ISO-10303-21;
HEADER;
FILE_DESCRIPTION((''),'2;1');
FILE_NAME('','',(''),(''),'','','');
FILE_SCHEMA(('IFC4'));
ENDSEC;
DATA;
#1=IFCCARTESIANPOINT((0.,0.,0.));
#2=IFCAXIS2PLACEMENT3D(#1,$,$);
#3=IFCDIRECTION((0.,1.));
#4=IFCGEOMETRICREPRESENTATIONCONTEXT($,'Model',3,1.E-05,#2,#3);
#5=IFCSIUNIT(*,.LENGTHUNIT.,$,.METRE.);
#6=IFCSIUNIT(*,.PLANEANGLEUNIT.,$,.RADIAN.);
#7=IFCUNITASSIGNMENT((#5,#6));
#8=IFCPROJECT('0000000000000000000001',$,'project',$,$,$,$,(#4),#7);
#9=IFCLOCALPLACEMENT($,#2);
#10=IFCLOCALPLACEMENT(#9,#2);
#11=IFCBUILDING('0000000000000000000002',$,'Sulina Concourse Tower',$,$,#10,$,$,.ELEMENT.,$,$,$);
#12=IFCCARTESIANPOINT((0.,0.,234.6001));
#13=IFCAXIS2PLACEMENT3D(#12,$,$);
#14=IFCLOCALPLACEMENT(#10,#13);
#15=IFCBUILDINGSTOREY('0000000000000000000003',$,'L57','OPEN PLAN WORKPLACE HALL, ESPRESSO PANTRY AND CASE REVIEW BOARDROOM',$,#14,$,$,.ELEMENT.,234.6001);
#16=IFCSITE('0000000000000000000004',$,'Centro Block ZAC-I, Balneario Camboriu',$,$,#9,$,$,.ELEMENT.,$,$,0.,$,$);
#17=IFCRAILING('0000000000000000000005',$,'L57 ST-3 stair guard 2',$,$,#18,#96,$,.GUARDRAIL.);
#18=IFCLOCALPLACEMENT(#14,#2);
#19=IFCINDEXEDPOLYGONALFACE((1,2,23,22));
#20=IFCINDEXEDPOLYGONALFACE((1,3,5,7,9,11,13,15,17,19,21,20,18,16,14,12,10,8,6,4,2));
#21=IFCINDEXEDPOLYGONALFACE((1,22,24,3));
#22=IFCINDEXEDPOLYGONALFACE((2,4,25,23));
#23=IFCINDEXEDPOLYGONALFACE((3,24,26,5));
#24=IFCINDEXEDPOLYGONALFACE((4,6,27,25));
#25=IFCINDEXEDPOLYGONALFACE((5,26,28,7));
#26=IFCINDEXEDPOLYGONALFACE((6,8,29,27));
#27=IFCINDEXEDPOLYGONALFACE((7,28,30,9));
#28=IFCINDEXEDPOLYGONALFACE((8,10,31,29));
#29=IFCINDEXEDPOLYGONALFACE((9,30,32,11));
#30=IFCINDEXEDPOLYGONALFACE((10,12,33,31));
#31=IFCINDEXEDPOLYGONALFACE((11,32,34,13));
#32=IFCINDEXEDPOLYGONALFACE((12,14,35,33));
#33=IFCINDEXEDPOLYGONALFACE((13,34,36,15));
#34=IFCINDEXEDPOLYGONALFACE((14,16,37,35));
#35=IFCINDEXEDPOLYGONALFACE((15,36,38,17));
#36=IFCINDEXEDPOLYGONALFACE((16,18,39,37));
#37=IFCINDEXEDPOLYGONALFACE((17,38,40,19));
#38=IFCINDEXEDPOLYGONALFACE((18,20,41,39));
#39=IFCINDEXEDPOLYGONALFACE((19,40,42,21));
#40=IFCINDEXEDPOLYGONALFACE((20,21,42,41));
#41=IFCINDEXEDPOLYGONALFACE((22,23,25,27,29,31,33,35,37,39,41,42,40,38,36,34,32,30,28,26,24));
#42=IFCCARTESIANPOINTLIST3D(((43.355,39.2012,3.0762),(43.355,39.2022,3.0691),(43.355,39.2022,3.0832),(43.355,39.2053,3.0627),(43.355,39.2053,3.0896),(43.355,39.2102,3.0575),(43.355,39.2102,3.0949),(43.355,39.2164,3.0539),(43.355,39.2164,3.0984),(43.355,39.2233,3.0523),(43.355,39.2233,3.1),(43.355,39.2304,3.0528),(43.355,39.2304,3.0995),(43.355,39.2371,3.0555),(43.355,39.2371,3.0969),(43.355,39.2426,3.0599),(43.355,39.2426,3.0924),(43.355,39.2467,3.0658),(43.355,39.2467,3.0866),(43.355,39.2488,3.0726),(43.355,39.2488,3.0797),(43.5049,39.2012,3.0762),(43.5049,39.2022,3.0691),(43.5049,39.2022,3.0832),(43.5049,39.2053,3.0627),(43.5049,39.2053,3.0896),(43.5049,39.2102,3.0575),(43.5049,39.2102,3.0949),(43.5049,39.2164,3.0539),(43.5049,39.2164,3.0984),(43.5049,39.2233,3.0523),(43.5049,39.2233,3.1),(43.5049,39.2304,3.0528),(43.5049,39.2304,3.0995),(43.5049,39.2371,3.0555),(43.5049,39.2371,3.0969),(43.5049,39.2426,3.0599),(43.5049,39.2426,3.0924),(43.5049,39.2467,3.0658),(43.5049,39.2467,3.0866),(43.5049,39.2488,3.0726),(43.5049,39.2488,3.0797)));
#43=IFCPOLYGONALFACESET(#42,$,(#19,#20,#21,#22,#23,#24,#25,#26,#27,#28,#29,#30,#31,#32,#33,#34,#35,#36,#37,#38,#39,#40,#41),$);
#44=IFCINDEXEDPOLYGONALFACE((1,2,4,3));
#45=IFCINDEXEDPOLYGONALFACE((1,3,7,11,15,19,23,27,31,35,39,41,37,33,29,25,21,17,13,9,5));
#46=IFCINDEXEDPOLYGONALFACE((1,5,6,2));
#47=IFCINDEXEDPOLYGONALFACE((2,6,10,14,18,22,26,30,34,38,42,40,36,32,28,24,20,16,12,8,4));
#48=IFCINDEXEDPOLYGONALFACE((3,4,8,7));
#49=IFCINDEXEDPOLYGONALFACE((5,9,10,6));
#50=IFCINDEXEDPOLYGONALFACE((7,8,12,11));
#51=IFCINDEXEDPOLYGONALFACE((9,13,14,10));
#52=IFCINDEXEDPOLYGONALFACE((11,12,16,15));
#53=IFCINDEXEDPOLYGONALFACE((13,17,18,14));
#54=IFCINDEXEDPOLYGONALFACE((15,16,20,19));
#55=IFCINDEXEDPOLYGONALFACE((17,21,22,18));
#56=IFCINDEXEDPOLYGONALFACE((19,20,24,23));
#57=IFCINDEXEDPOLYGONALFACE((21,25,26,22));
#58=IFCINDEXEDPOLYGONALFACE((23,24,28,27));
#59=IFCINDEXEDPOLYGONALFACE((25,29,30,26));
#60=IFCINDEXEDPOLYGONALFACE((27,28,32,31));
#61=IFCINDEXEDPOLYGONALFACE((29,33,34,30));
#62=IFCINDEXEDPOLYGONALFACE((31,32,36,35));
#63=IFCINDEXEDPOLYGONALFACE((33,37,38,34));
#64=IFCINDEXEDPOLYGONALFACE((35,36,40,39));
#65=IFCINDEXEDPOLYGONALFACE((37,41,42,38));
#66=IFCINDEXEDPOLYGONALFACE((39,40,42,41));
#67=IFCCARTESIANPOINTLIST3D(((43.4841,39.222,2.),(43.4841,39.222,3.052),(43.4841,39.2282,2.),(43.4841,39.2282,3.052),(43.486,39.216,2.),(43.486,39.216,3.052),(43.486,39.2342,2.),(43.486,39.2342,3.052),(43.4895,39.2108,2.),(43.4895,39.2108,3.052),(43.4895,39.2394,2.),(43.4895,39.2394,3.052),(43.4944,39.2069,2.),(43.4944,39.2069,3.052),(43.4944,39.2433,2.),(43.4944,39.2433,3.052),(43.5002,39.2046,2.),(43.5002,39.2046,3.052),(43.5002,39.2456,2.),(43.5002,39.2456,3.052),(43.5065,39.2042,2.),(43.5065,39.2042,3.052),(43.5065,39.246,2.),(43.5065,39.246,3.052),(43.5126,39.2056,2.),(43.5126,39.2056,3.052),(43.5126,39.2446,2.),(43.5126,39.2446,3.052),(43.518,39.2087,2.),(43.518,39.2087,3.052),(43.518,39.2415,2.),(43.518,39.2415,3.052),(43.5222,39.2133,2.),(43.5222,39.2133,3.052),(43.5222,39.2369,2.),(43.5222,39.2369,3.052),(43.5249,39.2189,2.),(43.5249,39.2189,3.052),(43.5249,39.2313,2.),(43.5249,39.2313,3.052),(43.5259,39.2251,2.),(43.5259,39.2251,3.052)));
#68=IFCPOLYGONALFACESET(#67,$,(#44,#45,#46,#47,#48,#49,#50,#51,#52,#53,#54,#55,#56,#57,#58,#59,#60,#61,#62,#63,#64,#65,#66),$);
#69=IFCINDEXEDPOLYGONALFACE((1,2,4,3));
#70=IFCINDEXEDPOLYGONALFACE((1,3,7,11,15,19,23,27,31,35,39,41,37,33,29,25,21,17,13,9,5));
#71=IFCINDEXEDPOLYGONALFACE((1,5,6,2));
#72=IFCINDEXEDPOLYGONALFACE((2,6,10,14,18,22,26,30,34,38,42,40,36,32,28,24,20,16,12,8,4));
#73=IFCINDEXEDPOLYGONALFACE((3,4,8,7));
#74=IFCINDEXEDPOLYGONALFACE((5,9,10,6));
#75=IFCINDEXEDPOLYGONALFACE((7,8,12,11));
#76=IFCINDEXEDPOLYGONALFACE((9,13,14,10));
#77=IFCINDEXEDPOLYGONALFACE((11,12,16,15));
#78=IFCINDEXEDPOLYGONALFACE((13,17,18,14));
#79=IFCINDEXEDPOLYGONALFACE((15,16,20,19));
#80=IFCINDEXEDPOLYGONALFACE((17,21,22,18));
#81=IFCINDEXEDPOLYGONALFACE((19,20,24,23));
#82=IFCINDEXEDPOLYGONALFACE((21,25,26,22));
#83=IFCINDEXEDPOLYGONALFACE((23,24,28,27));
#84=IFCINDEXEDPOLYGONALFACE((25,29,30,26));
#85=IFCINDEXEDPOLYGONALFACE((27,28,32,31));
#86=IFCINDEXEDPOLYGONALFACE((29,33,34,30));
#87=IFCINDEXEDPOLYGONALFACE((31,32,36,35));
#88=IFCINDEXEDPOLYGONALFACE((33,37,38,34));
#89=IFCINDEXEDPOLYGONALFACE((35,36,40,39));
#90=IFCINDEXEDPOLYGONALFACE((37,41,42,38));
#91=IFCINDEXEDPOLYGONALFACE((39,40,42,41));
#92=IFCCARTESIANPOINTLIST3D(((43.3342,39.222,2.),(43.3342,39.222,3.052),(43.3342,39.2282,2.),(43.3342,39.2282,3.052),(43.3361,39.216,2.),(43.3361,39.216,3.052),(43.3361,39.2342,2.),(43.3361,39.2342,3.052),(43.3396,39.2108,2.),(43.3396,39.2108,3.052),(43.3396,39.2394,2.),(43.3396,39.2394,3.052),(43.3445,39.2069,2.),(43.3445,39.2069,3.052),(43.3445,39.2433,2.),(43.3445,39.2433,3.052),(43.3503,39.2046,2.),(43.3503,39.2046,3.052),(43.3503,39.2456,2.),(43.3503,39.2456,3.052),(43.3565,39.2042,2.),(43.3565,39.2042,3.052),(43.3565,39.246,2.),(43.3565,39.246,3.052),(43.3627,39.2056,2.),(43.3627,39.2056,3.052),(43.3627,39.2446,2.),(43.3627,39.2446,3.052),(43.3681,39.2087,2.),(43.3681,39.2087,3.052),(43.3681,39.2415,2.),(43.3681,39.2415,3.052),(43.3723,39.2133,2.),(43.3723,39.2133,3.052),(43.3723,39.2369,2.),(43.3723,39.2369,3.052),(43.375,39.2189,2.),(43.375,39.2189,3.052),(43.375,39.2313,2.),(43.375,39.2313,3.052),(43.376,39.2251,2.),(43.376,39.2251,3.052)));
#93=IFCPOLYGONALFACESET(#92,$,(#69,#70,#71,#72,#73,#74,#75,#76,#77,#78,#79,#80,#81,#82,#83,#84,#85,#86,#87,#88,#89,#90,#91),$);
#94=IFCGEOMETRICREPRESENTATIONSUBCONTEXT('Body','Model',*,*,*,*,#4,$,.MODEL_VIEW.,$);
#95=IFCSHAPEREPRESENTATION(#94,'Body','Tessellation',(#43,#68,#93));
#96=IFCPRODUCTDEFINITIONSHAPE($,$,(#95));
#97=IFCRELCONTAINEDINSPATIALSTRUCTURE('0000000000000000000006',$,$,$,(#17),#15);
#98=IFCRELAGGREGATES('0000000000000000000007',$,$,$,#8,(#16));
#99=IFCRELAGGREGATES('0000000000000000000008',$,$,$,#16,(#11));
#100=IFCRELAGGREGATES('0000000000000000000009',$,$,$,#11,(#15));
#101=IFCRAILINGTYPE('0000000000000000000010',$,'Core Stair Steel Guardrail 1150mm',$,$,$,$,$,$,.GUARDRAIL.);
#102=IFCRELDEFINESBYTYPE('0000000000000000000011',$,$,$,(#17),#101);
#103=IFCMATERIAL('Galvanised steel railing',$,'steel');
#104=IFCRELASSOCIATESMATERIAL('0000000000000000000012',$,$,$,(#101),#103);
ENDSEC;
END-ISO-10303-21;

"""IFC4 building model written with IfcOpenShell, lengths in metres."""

from ifc_helpers import new_model, si_unit, direction, frame, origin, origin_2d, place, context, subcontext, project, spatial, circle, extrude, material, type_object, element, save


model = new_model("IFC4")

# Units and contexts
model_context = context("Model", 3, precision=1e-05, world=origin(), true_north=direction((0.0, 1.0)))
body_context = subcontext(model_context, "Body", "Model", "MODEL_VIEW")
ifc_project = project(units=[si_unit("LENGTHUNIT", "METRE"), si_unit("PLANEANGLEUNIT", "RADIAN")], contexts=[model_context])

# Site, building, storey
site_placement = place(None, origin())
site = spatial("IfcSite", under=ifc_project, at=site_placement, Name="Centro Block ZAC-I, Balneario Camboriu", CompositionType="ELEMENT", RefElevation=0.0)
building_placement = place(site_placement, origin())
building = spatial("IfcBuilding", under=site, at=building_placement, Name="Sulina Concourse Tower", CompositionType="ELEMENT")
storey_placement = place(building_placement, frame((0.0, 0.0, 234.6001)))
storey = spatial("IfcBuildingStorey", under=building, at=storey_placement, Name="L57", Description="OPEN PLAN WORKPLACE HALL, ESPRESSO PANTRY AND CASE REVIEW BOARDROOM", CompositionType="ELEMENT", Elevation=234.6001)

# Railing
ifc_material_1 = material(Name="Galvanised steel railing", Category="steel")
railing_type_1 = type_object("IfcRailingType", Name="Core Stair Steel Guardrail 1150mm", PredefinedType="GUARDRAIL", material=ifc_material_1)
railing_1_placement = place(storey_placement, frame((43.5049, 39.2251, 2.0)))
element("IfcRailing", 1, at=railing_1_placement, inside=storey, type_object=railing_type_1, Name="L57 ST-3 stair guard 2", PredefinedType="GUARDRAIL", context=body_context, shape_type="SweptSolid", body=[
    extrude(circle(Radius=0.0239, at=origin_2d()), frame((0.0, 0.0, 1.0762), z_axis=(-1.0, 0.0, 0.0), x_axis=(0.0, -1.0, 0.0)), (0.0, 0.0, 1.0), 0.1499),
    extrude(circle(Radius=0.021, at=origin_2d()), origin(), (0.0, 0.0, 1.0), 1.052),
    extrude(circle(Radius=0.021, at=origin_2d()), frame((-0.1499, 0.0, 0.0)), (0.0, 0.0, 1.0), 1.052),
])

save(model, "model.ifc")
